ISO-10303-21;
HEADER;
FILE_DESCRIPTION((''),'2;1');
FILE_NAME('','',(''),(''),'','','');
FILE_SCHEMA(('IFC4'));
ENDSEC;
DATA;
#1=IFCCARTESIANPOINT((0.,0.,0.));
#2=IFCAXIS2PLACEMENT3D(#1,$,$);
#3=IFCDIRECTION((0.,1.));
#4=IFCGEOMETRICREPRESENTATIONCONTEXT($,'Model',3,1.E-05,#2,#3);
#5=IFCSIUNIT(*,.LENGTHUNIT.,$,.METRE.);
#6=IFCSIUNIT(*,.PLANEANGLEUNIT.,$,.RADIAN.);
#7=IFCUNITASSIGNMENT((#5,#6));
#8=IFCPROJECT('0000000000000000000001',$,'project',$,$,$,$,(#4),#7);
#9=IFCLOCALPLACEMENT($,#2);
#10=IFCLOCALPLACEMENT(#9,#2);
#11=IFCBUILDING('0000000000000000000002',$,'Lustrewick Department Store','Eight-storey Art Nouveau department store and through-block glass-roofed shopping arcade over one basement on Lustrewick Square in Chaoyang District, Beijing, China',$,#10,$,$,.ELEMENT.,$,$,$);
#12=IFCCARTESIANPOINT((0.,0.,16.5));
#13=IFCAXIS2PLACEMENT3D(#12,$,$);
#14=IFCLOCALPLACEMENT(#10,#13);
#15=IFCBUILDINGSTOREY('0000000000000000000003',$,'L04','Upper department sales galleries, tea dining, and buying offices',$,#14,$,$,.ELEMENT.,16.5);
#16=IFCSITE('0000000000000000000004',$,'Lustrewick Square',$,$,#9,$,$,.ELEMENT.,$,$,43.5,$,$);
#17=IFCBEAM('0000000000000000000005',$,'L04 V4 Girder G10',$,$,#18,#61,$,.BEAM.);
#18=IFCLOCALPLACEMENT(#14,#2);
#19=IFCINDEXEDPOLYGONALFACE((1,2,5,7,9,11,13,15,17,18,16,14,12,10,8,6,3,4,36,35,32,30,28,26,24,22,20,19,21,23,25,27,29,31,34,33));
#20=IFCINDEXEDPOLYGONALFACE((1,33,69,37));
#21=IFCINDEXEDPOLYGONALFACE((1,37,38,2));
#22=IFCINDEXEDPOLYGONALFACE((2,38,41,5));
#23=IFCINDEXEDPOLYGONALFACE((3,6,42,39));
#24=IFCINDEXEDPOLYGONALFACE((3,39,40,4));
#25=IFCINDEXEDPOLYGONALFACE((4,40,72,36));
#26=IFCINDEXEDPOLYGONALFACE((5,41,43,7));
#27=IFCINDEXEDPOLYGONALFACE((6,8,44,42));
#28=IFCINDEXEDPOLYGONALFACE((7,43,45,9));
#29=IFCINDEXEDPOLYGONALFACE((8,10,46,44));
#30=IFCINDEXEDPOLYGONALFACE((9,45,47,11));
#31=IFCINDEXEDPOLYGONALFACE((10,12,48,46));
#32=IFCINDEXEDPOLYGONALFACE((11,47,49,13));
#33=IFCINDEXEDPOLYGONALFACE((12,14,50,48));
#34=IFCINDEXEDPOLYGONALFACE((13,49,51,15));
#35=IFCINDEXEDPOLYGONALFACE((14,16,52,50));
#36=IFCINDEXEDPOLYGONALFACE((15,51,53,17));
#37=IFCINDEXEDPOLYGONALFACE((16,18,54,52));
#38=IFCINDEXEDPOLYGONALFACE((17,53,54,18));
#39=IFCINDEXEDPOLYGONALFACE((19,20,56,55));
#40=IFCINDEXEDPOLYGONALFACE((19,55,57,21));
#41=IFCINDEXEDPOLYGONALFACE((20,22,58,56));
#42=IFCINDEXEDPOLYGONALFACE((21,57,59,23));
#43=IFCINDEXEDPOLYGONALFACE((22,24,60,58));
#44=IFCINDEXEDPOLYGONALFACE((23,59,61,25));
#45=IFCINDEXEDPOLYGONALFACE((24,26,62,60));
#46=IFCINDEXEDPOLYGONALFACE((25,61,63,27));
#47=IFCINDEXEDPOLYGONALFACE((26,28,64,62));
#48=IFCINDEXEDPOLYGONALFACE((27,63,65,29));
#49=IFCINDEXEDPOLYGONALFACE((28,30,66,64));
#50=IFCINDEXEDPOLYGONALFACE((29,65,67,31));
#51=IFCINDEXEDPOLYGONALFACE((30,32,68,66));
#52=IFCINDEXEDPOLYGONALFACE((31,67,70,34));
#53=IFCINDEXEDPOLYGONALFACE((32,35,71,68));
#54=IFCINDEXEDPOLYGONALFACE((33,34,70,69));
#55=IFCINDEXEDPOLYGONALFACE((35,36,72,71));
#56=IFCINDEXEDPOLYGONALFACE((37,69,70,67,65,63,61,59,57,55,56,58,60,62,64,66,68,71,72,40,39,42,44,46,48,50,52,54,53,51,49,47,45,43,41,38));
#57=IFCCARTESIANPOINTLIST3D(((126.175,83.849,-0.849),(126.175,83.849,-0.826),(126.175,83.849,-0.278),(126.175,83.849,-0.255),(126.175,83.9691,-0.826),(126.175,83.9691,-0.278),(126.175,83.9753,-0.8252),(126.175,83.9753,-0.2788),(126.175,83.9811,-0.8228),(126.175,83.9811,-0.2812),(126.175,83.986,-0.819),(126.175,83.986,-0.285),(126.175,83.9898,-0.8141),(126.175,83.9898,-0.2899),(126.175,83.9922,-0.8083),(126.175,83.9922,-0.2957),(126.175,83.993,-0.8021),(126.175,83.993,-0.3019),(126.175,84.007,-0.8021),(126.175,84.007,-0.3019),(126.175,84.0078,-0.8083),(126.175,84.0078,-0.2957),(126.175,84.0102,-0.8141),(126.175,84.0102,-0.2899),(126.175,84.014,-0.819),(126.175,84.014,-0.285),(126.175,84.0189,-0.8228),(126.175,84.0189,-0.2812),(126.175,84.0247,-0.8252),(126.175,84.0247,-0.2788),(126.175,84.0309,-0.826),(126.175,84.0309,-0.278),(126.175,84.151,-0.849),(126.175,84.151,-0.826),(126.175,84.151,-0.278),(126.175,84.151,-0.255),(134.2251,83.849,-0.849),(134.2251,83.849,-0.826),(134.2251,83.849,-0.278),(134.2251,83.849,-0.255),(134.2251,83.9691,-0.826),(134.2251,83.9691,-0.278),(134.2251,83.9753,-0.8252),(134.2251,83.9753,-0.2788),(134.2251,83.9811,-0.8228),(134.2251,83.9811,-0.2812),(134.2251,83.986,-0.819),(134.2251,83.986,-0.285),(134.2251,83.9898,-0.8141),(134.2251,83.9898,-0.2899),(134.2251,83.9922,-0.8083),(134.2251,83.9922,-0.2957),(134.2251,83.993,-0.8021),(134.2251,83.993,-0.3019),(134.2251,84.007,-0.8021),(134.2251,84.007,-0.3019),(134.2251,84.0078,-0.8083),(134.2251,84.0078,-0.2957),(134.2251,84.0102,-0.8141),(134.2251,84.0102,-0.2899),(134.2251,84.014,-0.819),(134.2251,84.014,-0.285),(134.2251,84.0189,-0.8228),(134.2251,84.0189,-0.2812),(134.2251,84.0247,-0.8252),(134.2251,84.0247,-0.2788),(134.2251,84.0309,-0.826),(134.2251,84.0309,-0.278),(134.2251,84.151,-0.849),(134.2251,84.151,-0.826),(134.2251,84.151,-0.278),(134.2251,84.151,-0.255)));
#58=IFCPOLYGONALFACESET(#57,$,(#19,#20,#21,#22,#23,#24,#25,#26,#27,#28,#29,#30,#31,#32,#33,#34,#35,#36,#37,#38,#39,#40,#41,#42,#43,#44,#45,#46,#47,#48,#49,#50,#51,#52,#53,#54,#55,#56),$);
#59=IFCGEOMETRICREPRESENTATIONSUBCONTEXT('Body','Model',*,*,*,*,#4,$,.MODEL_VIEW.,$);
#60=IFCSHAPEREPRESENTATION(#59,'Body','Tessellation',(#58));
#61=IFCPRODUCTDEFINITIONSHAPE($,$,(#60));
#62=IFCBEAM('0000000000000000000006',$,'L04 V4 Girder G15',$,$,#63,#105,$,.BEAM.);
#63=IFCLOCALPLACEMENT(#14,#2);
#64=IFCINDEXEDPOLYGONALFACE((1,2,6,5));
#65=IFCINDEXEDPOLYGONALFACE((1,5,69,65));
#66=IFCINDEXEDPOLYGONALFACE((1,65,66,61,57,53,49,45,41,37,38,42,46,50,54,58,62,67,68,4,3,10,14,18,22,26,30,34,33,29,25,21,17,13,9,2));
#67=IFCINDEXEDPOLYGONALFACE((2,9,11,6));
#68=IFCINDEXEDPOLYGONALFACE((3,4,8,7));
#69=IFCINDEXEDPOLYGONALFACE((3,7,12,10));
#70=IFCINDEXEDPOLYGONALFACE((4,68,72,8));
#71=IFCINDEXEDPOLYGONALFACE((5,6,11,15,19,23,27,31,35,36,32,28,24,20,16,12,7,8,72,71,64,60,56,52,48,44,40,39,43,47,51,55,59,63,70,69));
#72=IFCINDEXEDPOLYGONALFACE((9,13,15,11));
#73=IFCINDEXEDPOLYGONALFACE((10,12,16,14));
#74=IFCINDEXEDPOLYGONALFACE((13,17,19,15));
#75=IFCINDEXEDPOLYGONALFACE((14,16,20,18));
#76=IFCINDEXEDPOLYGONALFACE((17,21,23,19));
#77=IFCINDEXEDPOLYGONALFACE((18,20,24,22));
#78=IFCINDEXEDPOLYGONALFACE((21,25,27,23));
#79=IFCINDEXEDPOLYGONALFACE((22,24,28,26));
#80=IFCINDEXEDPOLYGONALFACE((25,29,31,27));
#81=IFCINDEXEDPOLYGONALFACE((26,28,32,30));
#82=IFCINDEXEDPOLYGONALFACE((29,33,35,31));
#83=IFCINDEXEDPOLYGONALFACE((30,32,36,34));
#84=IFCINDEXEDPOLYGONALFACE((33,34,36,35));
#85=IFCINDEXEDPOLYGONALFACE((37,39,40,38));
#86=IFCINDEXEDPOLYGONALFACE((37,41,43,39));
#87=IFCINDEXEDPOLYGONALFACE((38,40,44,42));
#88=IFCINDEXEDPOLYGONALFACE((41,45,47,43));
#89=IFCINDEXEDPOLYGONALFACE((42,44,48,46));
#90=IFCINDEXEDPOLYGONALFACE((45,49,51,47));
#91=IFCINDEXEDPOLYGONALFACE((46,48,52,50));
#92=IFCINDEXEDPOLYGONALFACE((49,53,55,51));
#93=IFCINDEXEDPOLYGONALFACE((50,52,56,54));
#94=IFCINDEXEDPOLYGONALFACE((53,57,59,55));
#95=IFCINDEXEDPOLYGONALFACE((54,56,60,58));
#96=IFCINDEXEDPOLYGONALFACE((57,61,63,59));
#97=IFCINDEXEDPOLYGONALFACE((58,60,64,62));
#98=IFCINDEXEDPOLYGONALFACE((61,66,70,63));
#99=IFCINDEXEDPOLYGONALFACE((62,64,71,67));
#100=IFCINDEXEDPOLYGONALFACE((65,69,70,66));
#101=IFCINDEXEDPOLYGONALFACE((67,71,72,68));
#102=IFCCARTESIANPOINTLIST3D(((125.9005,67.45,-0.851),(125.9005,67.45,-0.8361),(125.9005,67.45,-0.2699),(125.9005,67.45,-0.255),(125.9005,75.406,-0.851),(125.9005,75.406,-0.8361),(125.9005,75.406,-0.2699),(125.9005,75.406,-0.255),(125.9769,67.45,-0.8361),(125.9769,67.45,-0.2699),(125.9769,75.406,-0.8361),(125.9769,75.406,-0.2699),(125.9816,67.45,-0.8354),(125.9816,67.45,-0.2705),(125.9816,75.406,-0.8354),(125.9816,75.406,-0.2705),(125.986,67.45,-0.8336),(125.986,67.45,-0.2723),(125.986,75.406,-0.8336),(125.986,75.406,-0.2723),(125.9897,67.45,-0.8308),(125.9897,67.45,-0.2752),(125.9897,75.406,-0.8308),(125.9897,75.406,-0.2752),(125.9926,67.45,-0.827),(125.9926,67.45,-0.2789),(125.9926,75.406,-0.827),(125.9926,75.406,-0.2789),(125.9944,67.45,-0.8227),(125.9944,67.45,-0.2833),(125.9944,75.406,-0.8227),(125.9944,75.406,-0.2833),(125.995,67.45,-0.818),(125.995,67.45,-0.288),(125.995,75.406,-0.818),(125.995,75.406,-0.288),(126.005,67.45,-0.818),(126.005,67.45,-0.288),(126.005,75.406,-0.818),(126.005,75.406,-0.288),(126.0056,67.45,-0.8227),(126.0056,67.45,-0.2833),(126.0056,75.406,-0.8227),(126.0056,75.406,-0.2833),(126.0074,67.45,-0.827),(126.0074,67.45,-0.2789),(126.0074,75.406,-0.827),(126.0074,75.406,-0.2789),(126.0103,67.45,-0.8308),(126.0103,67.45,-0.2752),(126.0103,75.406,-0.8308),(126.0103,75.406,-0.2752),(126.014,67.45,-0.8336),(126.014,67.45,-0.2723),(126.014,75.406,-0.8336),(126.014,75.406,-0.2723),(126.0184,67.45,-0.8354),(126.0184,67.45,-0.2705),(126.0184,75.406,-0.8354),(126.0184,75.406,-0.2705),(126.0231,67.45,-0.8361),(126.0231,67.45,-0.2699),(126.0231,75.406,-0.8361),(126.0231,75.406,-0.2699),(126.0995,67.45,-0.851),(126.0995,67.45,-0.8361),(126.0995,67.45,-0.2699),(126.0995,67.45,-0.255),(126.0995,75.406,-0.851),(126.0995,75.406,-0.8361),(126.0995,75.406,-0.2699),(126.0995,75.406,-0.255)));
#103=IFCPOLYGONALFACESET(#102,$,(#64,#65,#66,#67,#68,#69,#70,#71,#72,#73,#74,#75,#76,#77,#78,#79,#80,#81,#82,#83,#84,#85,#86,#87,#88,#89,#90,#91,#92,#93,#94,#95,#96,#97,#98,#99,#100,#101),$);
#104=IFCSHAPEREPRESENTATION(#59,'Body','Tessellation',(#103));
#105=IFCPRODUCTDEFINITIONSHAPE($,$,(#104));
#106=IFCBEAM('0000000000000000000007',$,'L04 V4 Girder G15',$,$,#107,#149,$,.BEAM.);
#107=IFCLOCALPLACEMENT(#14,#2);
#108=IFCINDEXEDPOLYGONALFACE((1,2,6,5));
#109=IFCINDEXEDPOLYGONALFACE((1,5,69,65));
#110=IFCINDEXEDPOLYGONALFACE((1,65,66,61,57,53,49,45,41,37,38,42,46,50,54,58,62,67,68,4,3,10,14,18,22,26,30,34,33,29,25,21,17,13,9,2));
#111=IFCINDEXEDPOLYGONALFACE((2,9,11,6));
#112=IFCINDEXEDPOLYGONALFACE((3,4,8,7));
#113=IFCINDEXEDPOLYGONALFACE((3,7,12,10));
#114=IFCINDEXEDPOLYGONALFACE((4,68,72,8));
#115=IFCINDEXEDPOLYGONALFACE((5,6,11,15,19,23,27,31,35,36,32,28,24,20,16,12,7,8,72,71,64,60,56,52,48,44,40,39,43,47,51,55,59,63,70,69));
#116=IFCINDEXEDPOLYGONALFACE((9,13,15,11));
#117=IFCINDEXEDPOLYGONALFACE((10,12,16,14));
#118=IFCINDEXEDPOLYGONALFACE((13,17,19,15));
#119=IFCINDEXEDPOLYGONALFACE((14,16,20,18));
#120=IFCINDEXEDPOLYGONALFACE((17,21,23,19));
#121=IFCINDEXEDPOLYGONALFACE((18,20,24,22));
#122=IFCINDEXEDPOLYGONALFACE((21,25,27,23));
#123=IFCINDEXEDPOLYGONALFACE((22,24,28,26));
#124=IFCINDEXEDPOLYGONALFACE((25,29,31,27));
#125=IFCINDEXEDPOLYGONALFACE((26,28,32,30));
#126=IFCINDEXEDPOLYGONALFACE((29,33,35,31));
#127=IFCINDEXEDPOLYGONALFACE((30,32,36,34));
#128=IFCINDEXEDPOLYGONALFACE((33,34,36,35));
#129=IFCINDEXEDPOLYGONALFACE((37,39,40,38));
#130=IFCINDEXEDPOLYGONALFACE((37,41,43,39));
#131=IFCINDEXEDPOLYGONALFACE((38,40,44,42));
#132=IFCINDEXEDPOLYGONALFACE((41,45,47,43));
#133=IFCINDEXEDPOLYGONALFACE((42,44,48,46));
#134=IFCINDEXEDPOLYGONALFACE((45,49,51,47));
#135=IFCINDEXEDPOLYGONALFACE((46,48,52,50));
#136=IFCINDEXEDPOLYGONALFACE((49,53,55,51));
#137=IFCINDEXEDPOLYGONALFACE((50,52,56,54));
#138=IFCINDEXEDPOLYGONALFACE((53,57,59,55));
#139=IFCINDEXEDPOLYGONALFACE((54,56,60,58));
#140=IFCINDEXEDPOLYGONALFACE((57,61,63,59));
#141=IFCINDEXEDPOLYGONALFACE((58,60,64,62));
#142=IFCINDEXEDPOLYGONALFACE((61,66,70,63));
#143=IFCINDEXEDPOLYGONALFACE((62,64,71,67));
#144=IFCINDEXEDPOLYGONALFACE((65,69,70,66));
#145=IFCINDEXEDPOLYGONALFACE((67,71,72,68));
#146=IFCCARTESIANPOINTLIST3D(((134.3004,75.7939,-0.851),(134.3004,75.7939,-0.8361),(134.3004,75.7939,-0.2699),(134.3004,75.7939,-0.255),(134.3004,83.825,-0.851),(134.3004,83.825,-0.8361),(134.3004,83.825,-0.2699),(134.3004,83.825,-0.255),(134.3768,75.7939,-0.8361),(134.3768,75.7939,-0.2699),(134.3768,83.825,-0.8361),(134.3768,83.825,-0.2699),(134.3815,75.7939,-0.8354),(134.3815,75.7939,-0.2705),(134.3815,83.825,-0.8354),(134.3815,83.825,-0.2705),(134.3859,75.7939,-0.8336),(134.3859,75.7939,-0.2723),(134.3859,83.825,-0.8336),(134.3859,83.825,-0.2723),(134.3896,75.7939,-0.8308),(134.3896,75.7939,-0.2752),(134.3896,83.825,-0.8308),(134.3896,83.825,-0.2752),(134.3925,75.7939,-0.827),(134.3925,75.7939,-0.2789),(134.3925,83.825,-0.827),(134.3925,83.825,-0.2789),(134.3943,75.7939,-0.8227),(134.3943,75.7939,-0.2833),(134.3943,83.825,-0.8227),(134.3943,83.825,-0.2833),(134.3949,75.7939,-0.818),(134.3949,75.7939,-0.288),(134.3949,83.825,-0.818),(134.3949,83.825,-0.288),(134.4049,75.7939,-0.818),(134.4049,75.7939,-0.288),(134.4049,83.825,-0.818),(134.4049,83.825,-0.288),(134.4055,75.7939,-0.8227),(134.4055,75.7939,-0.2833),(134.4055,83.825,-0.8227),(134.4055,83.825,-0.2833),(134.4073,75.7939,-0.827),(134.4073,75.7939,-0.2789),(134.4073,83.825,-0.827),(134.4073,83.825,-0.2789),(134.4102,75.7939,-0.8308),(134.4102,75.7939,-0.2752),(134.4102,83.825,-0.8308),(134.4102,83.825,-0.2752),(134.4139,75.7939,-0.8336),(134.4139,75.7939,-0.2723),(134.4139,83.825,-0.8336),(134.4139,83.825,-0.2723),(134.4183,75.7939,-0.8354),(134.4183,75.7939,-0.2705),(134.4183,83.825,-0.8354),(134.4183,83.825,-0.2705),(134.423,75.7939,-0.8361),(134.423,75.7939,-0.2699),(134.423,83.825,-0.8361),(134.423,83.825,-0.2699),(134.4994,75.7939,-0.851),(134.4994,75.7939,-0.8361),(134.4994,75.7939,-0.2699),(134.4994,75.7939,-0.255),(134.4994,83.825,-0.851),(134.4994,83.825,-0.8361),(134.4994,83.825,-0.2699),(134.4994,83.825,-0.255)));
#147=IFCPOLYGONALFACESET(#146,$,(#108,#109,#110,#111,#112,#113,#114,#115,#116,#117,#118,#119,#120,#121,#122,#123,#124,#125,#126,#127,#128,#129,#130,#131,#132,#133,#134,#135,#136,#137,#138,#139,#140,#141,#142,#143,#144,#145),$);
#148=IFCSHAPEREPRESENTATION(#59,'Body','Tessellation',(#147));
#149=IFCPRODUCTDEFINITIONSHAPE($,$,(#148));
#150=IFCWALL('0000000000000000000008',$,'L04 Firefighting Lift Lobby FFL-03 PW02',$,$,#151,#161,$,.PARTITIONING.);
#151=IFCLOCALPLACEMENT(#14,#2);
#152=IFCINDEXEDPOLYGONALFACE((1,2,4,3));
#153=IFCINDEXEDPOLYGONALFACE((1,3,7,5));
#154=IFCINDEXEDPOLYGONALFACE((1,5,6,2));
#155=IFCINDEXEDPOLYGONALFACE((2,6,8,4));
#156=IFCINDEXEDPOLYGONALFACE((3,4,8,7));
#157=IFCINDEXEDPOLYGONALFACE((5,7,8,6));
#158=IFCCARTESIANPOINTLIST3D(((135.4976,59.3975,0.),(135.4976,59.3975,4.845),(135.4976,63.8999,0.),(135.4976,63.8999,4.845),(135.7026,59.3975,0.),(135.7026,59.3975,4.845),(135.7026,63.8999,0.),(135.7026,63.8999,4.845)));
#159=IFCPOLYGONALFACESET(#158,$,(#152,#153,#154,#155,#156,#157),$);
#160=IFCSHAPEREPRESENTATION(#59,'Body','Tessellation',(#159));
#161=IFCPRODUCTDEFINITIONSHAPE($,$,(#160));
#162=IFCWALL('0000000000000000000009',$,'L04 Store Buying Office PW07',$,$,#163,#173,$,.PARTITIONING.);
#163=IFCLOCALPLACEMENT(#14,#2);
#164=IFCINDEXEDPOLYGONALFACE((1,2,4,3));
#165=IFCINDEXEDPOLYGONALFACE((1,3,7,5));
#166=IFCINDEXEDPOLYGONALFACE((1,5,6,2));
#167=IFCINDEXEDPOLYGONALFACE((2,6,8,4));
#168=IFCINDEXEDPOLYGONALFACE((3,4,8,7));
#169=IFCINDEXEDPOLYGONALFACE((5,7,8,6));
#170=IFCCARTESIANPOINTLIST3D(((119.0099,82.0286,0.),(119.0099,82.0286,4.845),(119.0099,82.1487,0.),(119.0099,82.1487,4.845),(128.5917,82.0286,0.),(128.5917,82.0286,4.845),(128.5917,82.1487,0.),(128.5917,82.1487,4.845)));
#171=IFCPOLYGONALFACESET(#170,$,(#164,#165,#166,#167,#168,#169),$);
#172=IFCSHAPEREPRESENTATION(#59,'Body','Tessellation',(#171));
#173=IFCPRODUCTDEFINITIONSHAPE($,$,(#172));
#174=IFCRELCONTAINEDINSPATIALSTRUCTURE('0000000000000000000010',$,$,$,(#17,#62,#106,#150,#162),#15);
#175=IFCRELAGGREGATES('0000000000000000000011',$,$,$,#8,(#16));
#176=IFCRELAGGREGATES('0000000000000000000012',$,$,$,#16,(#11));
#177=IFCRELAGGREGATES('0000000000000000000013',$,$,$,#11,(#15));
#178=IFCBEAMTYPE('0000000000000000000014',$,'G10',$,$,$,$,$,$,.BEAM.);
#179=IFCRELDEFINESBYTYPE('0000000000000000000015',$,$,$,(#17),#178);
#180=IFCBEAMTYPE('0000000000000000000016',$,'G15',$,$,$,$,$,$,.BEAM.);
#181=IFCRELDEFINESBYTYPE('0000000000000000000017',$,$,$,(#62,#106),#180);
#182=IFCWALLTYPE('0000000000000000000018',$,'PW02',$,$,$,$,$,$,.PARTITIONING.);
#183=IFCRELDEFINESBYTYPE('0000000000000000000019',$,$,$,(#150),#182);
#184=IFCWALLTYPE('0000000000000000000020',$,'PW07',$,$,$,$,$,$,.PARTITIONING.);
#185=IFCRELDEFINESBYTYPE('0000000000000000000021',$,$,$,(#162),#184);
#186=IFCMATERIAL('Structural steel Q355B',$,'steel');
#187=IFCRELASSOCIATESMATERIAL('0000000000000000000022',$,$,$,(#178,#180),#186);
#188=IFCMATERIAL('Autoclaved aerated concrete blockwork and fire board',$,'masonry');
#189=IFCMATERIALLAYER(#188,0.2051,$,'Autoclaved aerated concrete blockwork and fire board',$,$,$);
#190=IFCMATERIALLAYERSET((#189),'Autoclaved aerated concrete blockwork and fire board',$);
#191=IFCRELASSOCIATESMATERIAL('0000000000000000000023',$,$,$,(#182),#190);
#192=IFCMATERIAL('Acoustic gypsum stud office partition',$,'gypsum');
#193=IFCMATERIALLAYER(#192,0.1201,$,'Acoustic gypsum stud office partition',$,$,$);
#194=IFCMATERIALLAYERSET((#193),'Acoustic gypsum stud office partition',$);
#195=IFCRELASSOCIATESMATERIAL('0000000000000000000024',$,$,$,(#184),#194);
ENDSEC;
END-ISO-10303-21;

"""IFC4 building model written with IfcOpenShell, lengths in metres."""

from ifc_helpers import new_model, si_unit, direction, frame, frame_2d, origin, origin_2d, place, context, subcontext, project, spatial, rectangle, i_section, extrude, material, layer, layer_set, material_profile, profile_set, type_object, element, save


model = new_model("IFC4")

# Units and contexts
model_context = context("Model", 3, precision=1e-05, world=origin(), true_north=direction((0.0, 1.0)))
body_context = subcontext(model_context, "Body", "Model", "MODEL_VIEW")
ifc_project = project(units=[si_unit("LENGTHUNIT", "METRE"), si_unit("PLANEANGLEUNIT", "RADIAN")], contexts=[model_context])

# Site, building, storey
site_placement = place(None, origin())
site = spatial("IfcSite", under=ifc_project, at=site_placement, Name="Lustrewick Square", CompositionType="ELEMENT", RefElevation=43.5)
building_placement = place(site_placement, origin())
building = spatial("IfcBuilding", under=site, at=building_placement, Name="Lustrewick Department Store", Description="Eight-storey Art Nouveau department store and through-block glass-roofed shopping arcade over one basement on Lustrewick Square in Chaoyang District, Beijing, China", CompositionType="ELEMENT")
storey_placement = place(building_placement, frame((0.0, 0.0, 16.5)))
storey = spatial("IfcBuildingStorey", under=building, at=storey_placement, Name="L04", Description="Upper department sales galleries, tea dining, and buying offices", CompositionType="ELEMENT", Elevation=16.5)

# Shared definitions
ifc_material_1 = material(Name="Structural steel Q355B", Category="steel")

# Beams
ifc_material_profile_1 = material_profile(ifc_material_1, i_section(OverallWidth=0.302, OverallDepth=0.594, WebThickness=0.0139, FlangeThickness=0.0229, FilletRadius=0.0239, at=origin_2d()), Name="HM 594x302x14x23")
ifc_profile_set_1 = profile_set([ifc_material_profile_1], Name="Structural steel Q355B")
beam_type_1 = type_object("IfcBeamType", Name="G10", PredefinedType="BEAM", material=ifc_profile_set_1)
beam_1_placement = place(storey_placement, frame((126.175, 84.0, -0.552), z_axis=(1.0, 0.0, 0.0), x_axis=(0.0, 1.0, 0.0)))
element("IfcBeam", 1, at=beam_1_placement, inside=storey, type_object=beam_type_1, Name="L04 V4 Girder G10", PredefinedType="BEAM", context=body_context, shape_type="SweptSolid", body=[
    extrude(i_section(OverallWidth=0.302, OverallDepth=0.594, WebThickness=0.0139, FlangeThickness=0.0229, FilletRadius=0.0239, at=origin_2d()), origin(), (0.0, 0.0, 1.0), 8.05),
])
ifc_material_profile_2 = material_profile(ifc_material_1, i_section(OverallWidth=0.199, OverallDepth=0.5959, WebThickness=0.01, FlangeThickness=0.0149, FilletRadius=0.0181, at=origin_2d()), Name="HN 596x199x10x15")
ifc_profile_set_2 = profile_set([ifc_material_profile_2], Name="Structural steel Q355B")
beam_type_2 = type_object("IfcBeamType", Name="G15", PredefinedType="BEAM", material=ifc_profile_set_2)
beam_2_placement = place(storey_placement, frame((126.0, 67.45, -0.553), z_axis=(0.0, 1.0, 0.0), x_axis=(-1.0, 0.0, 0.0)))
element("IfcBeam", 2, at=beam_2_placement, inside=storey, type_object=beam_type_2, Name="L04 V4 Girder G15", PredefinedType="BEAM", context=body_context, shape_type="SweptSolid", body=[
    extrude(i_section(OverallWidth=0.199, OverallDepth=0.5959, WebThickness=0.01, FlangeThickness=0.0149, FilletRadius=0.0181, at=origin_2d()), origin(), (0.0, 0.0, 1.0), 7.9561),
])
beam_3_placement = place(storey_placement, frame((134.3999, 75.7939, -0.553), z_axis=(0.0, 1.0, 0.0), x_axis=(-1.0, 0.0, 0.0)))
element("IfcBeam", 3, at=beam_3_placement, inside=storey, type_object=beam_type_2, Name="L04 V4 Girder G15", PredefinedType="BEAM", context=body_context, shape_type="SweptSolid", body=[
    extrude(i_section(OverallWidth=0.199, OverallDepth=0.5959, WebThickness=0.01, FlangeThickness=0.0149, FilletRadius=0.0181, at=origin_2d()), origin(), (0.0, 0.0, 1.0), 8.031),
])

# Walls
ifc_material_2 = material(Name="Autoclaved aerated concrete blockwork and fire board", Category="masonry")
ifc_layer_1 = layer(ifc_material_2, 0.2051, Name="Autoclaved aerated concrete blockwork and fire board")
ifc_layer_set_1 = layer_set([ifc_layer_1], Name="Autoclaved aerated concrete blockwork and fire board")
wall_type_1 = type_object("IfcWallType", Name="PW02", PredefinedType="PARTITIONING", material=ifc_layer_set_1)
wall_1_placement = place(storey_placement, frame((135.6001, 63.8999, 0.0), z_axis=(0.0, 0.0, 1.0), x_axis=(0.0, -1.0, 0.0)))
element("IfcWall", 4, at=wall_1_placement, inside=storey, type_object=wall_type_1, Name="L04 Firefighting Lift Lobby FFL-03 PW02", PredefinedType="PARTITIONING", context=body_context, shape_type="SweptSolid", body=[
    extrude(rectangle(XDim=4.5024, YDim=0.2051, at=frame_2d((2.2512, 0.0))), origin(), (0.0, 0.0, 1.0), 4.845),
])
ifc_material_3 = material(Name="Acoustic gypsum stud office partition", Category="gypsum")
ifc_layer_2 = layer(ifc_material_3, 0.1201, Name="Acoustic gypsum stud office partition")
ifc_layer_set_2 = layer_set([ifc_layer_2], Name="Acoustic gypsum stud office partition")
wall_type_2 = type_object("IfcWallType", Name="PW07", PredefinedType="PARTITIONING", material=ifc_layer_set_2)
wall_2_placement = place(storey_placement, frame((128.5918, 82.0886, 0.0), z_axis=(0.0, 0.0, 1.0), x_axis=(-1.0, 0.0, 0.0)))
element("IfcWall", 5, at=wall_2_placement, inside=storey, type_object=wall_type_2, Name="L04 Store Buying Office PW07", PredefinedType="PARTITIONING", context=body_context, shape_type="SweptSolid", body=[
    extrude(rectangle(XDim=9.5818, YDim=0.1201, at=frame_2d((4.791, 0.0))), origin(), (0.0, 0.0, 1.0), 4.845),
])

save(model, "model.ifc")
